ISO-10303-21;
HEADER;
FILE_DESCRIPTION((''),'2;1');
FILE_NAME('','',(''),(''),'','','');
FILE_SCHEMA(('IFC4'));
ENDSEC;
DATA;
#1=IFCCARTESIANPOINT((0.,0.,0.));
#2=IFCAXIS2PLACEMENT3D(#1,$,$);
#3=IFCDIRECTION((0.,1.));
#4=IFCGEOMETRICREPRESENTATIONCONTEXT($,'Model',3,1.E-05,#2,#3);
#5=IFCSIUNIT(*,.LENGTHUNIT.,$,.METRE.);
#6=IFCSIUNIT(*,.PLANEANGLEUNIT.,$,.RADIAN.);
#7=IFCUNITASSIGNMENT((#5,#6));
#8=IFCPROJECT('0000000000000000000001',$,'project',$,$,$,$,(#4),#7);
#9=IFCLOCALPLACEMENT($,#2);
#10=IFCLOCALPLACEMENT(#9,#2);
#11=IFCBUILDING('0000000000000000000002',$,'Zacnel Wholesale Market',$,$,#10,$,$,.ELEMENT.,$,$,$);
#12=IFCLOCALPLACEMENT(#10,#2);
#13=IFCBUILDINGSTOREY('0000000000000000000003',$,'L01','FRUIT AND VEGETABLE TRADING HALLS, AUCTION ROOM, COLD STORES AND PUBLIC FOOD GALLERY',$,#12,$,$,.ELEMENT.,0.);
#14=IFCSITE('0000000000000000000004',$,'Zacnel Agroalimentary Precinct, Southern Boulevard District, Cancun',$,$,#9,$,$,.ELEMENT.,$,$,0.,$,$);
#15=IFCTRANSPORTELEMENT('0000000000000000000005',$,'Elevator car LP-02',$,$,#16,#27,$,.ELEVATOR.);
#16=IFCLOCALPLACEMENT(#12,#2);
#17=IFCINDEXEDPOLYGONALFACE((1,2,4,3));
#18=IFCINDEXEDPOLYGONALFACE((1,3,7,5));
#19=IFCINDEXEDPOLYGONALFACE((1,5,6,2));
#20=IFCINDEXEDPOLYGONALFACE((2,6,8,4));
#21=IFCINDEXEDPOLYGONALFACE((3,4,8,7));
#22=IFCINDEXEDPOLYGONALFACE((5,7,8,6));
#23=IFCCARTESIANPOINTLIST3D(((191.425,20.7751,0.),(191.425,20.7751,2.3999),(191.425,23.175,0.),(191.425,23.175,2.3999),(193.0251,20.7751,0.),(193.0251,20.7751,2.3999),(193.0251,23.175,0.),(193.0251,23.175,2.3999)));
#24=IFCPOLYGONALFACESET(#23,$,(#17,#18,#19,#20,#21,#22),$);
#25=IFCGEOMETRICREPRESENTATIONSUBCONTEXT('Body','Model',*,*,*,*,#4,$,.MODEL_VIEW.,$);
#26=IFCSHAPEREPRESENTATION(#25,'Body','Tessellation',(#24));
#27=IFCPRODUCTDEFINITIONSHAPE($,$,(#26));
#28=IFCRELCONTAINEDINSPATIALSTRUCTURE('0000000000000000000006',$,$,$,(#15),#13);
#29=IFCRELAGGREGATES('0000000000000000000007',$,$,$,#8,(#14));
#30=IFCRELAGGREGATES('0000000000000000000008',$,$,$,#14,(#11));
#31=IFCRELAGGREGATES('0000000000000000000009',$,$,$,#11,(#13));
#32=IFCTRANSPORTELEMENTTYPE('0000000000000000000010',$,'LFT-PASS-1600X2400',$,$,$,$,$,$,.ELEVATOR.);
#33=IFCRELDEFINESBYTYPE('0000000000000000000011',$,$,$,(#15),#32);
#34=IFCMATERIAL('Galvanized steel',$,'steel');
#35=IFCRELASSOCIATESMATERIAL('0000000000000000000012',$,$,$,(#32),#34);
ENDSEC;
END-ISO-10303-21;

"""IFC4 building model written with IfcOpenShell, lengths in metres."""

from ifc_helpers import new_model, si_unit, direction, frame, origin, origin_2d, place, context, subcontext, project, spatial, rectangle, extrude, material, type_object, element, save


model = new_model("IFC4")

# Units and contexts
model_context = context("Model", 3, precision=1e-05, world=origin(), true_north=direction((0.0, 1.0)))
body_context = subcontext(model_context, "Body", "Model", "MODEL_VIEW")
ifc_project = project(units=[si_unit("LENGTHUNIT", "METRE"), si_unit("PLANEANGLEUNIT", "RADIAN")], contexts=[model_context])

# Site, building, storey
site_placement = place(None, origin())
site = spatial("IfcSite", under=ifc_project, at=site_placement, Name="Zacnel Agroalimentary Precinct, Southern Boulevard District, Cancun", CompositionType="ELEMENT", RefElevation=0.0)
building_placement = place(site_placement, origin())
building = spatial("IfcBuilding", under=site, at=building_placement, Name="Zacnel Wholesale Market", CompositionType="ELEMENT")
storey_placement = place(building_placement, origin())
storey = spatial("IfcBuildingStorey", under=building, at=storey_placement, Name="L01", Description="FRUIT AND VEGETABLE TRADING HALLS, AUCTION ROOM, COLD STORES AND PUBLIC FOOD GALLERY", CompositionType="ELEMENT", Elevation=0.0)

# Transport element
ifc_material_1 = material(Name="Galvanized steel", Category="steel")
transport_element_type = type_object("IfcTransportElementType", Name="LFT-PASS-1600X2400", PredefinedType="ELEVATOR", material=ifc_material_1)
transport_element_placement = place(storey_placement, frame((192.2251, 21.9751, 0.0), z_axis=(0.0, 0.0, 1.0), x_axis=(1.0, 0.0, 0.0)))
element("IfcTransportElement", 1, at=transport_element_placement, inside=storey, type_object=transport_element_type, Name="Elevator car LP-02", PredefinedType="ELEVATOR", context=body_context, shape_type="SweptSolid", body=[
    extrude(rectangle(XDim=1.6001, YDim=2.3999, at=origin_2d()), origin(), (0.0, 0.0, 1.0), 2.3999),
])

save(model, "model.ifc")
